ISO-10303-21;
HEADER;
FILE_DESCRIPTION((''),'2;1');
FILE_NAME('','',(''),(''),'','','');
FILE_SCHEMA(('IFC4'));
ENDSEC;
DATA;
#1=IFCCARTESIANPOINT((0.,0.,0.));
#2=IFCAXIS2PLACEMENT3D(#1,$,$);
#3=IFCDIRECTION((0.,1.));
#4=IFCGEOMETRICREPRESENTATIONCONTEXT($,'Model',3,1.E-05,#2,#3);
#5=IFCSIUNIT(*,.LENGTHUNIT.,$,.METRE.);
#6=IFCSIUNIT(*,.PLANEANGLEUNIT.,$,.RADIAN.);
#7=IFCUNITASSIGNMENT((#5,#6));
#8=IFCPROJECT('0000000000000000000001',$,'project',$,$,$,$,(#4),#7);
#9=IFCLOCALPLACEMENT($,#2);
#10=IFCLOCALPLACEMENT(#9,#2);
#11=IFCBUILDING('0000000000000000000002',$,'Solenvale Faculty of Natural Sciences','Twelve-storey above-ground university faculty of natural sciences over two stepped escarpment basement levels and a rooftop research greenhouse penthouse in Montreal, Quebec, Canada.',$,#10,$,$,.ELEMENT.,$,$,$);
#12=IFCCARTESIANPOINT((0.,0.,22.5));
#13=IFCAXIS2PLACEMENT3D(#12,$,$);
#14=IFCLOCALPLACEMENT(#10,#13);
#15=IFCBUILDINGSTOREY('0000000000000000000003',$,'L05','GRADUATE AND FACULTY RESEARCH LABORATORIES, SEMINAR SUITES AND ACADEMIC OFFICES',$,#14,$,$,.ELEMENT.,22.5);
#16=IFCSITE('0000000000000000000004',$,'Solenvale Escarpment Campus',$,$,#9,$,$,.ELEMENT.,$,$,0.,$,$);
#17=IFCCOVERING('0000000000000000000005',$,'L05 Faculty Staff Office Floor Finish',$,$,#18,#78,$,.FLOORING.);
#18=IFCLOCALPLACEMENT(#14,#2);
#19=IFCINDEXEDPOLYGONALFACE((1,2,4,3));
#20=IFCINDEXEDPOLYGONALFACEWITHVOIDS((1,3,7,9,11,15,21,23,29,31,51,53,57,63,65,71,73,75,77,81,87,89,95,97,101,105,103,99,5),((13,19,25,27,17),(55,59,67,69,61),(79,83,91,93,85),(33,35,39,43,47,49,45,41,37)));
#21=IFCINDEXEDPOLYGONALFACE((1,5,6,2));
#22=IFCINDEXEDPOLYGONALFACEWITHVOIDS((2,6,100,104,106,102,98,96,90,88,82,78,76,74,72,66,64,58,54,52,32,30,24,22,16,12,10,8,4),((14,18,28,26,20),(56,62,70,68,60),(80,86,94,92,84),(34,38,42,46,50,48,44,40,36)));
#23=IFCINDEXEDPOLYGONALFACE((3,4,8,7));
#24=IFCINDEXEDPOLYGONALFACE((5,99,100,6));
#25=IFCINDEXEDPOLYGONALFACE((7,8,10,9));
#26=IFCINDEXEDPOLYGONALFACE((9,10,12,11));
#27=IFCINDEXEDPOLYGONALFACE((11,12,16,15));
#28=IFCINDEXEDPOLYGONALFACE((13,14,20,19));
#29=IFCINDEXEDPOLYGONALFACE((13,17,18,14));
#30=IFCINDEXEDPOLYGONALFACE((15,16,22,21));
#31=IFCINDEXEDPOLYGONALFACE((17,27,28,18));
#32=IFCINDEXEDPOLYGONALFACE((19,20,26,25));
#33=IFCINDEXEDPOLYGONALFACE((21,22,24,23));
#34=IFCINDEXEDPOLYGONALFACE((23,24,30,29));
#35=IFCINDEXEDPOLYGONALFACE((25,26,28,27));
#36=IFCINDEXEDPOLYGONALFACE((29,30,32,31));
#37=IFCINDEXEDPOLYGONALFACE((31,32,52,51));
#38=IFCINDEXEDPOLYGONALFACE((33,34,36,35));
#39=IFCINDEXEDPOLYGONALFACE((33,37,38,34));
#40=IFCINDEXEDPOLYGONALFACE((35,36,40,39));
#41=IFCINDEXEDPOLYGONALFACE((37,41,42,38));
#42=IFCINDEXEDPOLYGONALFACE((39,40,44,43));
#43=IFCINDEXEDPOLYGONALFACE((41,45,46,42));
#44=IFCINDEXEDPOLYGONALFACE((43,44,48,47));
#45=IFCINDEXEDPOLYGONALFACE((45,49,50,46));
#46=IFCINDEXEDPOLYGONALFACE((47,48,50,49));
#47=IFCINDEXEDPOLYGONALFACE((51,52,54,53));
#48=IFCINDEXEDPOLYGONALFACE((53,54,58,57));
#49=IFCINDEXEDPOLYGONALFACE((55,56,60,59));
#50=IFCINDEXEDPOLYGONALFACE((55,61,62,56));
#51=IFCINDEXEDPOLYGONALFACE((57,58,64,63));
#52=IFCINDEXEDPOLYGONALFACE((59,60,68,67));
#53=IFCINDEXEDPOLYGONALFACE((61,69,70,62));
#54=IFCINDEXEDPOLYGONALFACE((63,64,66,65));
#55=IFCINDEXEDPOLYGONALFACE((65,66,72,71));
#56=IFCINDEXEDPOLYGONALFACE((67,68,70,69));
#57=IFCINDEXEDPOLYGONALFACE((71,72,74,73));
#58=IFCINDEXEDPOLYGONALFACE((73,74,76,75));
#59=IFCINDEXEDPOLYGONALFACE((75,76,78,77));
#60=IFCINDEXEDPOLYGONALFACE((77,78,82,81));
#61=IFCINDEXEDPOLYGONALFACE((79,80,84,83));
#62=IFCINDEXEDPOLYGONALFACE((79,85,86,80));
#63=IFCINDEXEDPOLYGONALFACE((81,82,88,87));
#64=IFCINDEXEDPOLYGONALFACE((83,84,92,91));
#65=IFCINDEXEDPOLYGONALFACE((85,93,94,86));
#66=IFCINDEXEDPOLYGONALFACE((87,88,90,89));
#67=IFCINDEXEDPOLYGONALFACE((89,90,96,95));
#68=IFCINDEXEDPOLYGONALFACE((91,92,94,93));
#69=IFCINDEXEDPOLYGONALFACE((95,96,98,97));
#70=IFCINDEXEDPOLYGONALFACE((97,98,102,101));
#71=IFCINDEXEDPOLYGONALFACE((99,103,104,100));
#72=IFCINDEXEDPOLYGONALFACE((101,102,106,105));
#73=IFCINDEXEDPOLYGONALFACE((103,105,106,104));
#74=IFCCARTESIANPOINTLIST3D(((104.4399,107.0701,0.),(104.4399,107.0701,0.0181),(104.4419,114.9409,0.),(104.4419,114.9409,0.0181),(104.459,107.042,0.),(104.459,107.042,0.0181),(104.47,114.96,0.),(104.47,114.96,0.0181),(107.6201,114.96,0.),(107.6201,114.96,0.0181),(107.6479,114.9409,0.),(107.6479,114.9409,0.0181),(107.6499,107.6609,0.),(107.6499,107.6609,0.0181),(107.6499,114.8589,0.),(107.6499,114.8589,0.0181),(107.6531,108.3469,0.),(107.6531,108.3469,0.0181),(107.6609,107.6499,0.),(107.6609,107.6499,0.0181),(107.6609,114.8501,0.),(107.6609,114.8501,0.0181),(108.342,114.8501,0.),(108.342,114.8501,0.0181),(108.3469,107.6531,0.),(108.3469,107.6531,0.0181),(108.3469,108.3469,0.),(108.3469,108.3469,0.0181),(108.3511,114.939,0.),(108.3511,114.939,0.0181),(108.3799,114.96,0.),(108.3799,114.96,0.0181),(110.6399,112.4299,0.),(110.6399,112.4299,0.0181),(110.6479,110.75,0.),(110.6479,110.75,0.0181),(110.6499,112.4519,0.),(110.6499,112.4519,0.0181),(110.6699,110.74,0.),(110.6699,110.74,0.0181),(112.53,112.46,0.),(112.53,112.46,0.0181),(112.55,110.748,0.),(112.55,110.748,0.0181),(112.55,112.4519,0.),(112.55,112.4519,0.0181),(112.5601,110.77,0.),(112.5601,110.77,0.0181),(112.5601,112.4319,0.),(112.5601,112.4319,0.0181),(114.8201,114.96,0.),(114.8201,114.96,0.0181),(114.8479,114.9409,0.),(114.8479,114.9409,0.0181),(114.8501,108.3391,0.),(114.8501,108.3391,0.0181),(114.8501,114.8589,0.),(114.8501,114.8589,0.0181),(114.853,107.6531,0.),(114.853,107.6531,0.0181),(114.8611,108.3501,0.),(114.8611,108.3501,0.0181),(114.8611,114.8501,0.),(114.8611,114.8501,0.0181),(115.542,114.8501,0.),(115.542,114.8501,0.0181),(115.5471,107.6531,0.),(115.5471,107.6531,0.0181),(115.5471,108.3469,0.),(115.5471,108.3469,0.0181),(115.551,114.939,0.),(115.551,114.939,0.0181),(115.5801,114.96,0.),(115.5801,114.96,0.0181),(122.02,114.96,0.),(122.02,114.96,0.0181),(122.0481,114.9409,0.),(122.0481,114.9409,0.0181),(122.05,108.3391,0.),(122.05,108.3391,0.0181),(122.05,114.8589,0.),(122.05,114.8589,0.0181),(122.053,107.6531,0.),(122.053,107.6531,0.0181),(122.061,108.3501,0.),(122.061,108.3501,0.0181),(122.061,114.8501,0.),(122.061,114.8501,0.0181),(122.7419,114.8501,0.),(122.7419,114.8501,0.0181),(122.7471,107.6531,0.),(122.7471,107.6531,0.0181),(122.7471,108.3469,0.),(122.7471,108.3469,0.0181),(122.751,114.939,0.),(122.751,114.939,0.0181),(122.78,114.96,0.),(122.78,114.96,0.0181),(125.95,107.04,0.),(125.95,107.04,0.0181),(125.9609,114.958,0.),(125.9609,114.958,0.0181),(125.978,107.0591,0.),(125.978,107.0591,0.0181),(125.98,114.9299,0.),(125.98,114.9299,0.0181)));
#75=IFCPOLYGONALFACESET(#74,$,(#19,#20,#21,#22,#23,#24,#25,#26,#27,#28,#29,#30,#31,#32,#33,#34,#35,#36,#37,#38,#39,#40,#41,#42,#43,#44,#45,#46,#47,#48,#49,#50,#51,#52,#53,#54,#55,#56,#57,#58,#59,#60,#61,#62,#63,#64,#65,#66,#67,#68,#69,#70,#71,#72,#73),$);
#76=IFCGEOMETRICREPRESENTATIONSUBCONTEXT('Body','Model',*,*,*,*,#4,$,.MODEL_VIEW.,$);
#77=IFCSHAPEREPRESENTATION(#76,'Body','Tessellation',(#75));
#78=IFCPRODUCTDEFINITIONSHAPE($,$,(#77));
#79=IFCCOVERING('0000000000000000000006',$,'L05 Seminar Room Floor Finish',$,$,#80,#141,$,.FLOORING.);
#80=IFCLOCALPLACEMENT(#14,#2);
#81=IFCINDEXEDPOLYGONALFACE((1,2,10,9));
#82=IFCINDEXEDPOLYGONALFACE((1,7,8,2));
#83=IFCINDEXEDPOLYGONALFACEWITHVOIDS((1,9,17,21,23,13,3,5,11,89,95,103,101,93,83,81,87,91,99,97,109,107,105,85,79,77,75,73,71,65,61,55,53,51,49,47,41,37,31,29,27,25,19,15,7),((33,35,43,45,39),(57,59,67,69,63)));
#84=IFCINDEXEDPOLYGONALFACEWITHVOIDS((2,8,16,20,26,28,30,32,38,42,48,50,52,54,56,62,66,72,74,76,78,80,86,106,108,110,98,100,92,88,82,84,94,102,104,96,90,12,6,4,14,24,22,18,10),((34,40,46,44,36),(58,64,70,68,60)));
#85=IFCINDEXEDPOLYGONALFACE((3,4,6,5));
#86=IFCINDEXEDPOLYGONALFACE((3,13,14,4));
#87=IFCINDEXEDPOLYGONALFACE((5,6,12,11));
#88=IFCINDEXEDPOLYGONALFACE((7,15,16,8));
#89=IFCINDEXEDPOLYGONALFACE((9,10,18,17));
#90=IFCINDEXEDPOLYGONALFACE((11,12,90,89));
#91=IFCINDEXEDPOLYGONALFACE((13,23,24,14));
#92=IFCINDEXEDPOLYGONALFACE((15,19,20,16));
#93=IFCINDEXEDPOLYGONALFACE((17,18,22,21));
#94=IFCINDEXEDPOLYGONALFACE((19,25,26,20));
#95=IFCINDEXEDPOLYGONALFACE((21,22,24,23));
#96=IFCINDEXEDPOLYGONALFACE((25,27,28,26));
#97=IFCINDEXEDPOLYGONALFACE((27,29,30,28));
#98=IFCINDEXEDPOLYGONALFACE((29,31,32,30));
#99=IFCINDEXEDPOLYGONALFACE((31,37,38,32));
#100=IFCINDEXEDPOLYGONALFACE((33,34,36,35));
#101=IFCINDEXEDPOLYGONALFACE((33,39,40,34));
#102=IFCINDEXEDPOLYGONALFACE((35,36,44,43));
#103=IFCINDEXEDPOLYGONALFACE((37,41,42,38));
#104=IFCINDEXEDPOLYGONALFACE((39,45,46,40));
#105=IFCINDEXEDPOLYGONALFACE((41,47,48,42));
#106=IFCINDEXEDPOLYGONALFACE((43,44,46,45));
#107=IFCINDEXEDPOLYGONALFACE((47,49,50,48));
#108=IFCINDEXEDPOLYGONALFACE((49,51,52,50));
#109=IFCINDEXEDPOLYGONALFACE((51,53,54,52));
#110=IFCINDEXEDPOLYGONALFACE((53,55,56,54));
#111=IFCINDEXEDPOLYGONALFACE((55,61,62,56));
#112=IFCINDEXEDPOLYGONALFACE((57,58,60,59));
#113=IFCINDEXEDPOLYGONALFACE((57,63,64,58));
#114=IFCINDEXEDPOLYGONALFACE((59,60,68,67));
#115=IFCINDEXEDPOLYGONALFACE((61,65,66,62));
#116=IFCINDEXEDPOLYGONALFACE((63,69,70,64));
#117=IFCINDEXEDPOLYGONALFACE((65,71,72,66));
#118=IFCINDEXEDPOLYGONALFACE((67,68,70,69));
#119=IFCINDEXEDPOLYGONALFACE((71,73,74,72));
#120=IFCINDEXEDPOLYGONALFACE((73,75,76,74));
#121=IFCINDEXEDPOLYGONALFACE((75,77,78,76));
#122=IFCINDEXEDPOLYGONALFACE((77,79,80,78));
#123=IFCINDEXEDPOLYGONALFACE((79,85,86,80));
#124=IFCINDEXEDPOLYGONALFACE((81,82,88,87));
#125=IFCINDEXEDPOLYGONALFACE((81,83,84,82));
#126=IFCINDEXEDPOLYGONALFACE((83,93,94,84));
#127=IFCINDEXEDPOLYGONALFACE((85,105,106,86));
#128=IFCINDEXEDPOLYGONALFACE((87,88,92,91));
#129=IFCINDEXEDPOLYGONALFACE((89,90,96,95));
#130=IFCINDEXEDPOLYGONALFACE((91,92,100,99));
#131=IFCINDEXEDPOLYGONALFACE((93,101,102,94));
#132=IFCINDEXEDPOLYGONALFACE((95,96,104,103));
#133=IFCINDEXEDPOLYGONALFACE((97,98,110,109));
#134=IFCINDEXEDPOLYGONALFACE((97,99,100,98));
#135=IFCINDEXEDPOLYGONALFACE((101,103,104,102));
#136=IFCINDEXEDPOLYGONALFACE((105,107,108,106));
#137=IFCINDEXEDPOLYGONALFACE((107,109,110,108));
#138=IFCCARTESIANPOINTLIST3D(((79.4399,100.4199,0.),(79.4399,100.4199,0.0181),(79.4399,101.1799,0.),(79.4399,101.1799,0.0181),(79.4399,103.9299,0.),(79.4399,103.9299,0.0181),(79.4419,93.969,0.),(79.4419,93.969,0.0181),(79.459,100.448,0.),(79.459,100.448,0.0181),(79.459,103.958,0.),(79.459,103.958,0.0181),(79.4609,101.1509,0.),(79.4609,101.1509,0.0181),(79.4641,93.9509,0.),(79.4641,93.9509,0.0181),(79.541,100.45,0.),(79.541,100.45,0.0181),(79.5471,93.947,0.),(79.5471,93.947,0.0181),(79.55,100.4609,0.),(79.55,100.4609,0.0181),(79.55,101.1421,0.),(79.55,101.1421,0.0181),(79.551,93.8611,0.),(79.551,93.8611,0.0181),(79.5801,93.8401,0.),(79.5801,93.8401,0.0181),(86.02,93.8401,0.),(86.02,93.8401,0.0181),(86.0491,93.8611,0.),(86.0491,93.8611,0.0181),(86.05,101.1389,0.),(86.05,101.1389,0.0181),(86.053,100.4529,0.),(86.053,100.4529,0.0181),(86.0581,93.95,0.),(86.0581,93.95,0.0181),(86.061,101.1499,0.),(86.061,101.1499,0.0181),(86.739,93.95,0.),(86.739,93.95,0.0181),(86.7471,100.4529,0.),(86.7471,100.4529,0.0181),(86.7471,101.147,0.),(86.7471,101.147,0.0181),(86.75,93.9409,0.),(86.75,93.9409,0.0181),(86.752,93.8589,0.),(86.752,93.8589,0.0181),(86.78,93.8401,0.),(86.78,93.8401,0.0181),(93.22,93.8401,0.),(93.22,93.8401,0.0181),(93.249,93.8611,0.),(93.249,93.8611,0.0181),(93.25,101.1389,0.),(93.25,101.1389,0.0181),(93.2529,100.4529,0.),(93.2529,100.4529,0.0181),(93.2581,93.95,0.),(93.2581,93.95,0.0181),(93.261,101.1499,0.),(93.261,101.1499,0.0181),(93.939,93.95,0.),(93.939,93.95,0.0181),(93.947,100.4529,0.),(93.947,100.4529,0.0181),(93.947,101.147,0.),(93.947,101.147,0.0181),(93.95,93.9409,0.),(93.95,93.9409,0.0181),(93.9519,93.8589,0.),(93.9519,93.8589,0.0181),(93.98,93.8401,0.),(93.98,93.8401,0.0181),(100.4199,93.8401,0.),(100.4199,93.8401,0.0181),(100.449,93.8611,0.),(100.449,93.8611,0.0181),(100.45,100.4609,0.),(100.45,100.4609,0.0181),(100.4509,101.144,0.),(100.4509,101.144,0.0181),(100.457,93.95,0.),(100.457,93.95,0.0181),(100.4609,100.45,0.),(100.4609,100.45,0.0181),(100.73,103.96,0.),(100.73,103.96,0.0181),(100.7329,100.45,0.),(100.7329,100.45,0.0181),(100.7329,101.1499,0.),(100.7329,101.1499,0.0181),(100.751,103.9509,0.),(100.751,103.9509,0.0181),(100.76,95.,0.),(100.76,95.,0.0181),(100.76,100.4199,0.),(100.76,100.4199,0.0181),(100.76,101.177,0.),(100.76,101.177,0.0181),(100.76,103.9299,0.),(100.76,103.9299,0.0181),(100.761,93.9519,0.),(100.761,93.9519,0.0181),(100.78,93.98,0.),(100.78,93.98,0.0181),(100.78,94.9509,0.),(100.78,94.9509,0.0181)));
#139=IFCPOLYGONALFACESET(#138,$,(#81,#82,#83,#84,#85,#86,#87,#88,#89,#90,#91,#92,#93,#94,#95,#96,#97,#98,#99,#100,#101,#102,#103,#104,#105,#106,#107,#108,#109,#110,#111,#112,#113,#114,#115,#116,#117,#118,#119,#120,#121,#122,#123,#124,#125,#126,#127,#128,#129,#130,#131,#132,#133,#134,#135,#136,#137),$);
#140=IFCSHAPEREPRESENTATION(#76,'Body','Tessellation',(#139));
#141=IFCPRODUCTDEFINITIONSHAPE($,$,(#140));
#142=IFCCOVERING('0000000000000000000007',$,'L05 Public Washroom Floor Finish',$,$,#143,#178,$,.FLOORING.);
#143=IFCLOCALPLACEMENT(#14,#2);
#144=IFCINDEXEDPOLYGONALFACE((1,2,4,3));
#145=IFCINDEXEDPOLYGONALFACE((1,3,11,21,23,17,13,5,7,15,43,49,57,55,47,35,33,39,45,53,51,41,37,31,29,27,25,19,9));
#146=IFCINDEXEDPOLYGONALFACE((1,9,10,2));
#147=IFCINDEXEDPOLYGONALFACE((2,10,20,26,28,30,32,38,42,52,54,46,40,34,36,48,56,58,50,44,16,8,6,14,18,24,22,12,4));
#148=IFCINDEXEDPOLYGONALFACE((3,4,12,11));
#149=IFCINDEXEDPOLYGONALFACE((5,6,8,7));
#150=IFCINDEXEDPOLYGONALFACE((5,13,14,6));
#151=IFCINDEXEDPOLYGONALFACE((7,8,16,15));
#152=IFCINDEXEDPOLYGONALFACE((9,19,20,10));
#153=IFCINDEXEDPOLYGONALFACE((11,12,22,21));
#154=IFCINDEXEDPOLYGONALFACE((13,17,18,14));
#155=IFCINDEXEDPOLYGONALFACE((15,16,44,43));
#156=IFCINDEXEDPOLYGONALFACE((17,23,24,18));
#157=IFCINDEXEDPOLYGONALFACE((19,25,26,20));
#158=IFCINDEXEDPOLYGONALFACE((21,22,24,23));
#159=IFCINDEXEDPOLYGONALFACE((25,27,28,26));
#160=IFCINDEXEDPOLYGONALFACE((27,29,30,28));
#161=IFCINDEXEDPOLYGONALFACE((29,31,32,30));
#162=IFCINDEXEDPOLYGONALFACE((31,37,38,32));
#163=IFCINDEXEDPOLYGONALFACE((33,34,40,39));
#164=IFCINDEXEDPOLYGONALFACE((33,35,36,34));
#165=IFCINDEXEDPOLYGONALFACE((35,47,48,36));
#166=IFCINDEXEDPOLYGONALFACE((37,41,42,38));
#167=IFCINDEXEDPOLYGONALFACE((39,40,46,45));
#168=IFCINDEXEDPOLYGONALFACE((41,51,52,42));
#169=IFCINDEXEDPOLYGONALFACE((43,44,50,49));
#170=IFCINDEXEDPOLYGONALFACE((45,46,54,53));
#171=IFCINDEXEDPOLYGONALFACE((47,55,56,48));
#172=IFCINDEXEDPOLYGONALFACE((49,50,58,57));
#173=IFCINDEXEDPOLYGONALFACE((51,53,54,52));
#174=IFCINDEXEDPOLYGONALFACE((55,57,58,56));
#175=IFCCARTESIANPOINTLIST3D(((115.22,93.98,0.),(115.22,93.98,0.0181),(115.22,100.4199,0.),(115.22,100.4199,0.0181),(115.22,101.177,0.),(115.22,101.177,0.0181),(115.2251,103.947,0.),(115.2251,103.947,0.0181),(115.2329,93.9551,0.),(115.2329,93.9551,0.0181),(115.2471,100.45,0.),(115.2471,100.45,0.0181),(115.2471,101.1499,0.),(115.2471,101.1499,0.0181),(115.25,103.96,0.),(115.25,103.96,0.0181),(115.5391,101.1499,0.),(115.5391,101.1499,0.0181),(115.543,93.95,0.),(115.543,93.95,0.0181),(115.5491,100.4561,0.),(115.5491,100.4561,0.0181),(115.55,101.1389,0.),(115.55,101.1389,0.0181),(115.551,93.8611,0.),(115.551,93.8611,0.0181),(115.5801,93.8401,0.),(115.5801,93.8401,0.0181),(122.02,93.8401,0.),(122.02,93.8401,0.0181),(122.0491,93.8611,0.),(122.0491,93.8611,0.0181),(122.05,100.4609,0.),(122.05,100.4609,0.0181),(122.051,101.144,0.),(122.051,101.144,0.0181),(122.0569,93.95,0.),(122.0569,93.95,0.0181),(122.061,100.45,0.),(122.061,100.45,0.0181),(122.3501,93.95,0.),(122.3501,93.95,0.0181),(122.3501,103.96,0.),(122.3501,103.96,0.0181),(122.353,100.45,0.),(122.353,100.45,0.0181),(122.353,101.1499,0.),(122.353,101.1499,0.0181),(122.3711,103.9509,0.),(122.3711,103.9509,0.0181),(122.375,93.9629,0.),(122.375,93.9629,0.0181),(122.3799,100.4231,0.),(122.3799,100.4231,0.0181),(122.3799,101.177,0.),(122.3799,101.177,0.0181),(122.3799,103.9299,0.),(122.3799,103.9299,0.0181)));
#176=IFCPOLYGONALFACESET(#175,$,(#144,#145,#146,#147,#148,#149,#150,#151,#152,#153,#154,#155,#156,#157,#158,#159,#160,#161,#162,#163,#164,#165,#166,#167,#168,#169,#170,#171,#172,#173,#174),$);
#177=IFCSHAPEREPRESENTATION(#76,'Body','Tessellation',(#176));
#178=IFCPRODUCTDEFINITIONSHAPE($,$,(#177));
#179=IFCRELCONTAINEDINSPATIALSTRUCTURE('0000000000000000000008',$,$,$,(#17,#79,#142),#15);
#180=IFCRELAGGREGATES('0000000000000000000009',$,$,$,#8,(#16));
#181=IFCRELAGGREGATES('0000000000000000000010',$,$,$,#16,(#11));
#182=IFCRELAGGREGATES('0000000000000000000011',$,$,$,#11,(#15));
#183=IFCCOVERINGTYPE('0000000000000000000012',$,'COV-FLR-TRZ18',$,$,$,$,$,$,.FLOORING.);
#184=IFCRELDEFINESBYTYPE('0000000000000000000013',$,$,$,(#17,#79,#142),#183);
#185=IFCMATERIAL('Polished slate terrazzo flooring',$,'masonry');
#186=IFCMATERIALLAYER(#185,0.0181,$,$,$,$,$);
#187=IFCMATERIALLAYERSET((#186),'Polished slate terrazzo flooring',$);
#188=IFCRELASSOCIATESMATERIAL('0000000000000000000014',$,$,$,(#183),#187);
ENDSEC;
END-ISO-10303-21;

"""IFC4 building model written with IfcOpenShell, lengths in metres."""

from ifc_helpers import new_model, si_unit, direction, frame, origin, place, context, subcontext, project, spatial, polyline, outline, extrude, material, layer, layer_set, type_object, element, save


model = new_model("IFC4")

# Units and contexts
model_context = context("Model", 3, precision=1e-05, world=origin(), true_north=direction((0.0, 1.0)))
body_context = subcontext(model_context, "Body", "Model", "MODEL_VIEW")
ifc_project = project(units=[si_unit("LENGTHUNIT", "METRE"), si_unit("PLANEANGLEUNIT", "RADIAN")], contexts=[model_context])

# Site, building, storey
site_placement = place(None, origin())
site = spatial("IfcSite", under=ifc_project, at=site_placement, Name="Solenvale Escarpment Campus", CompositionType="ELEMENT", RefElevation=0.0)
building_placement = place(site_placement, origin())
building = spatial("IfcBuilding", under=site, at=building_placement, Name="Solenvale Faculty of Natural Sciences", Description="Twelve-storey above-ground university faculty of natural sciences over two stepped escarpment basement levels and a rooftop research greenhouse penthouse in Montreal, Quebec, Canada.", CompositionType="ELEMENT")
storey_placement = place(building_placement, frame((0.0, 0.0, 22.5)))
storey = spatial("IfcBuildingStorey", under=building, at=storey_placement, Name="L05", Description="GRADUATE AND FACULTY RESEARCH LABORATORIES, SEMINAR SUITES AND ACADEMIC OFFICES", CompositionType="ELEMENT", Elevation=22.5)

# Coverings
ifc_material_1 = material(Name="Polished slate terrazzo flooring", Category="masonry")
ifc_layer_1 = layer(ifc_material_1, 0.0181)
ifc_layer_set_1 = layer_set([ifc_layer_1], Name="Polished slate terrazzo flooring")
covering_type_1 = type_object("IfcCoveringType", Name="COV-FLR-TRZ18", PredefinedType="FLOORING", material=ifc_layer_set_1)
covering_1_placement = place(storey_placement, origin())
element("IfcCovering", 1, at=covering_1_placement, inside=storey, type_object=covering_type_1, Name="L05 Faculty Staff Office Floor Finish", PredefinedType="FLOORING", context=body_context, shape_type="SweptSolid", body=[
    extrude(outline(polyline([(107.6201, 114.96), (107.6479, 114.9409), (107.6499, 114.8589), (107.6609, 114.8501), (108.342, 114.8501), (108.3511, 114.939), (108.3799, 114.96), (114.8201, 114.96), (114.8479, 114.9409), (114.8501, 114.8589), (114.8611, 114.8501), (115.542, 114.8501), (115.551, 114.939), (115.5801, 114.96), (122.02, 114.96), (122.0481, 114.9409), (122.05, 114.8589), (122.061, 114.8501), (122.7419, 114.8501), (122.751, 114.939), (122.78, 114.96), (125.9609, 114.958), (125.98, 114.9299), (125.978, 107.0591), (125.95, 107.04), (104.459, 107.042), (104.4399, 107.0701), (104.4419, 114.9409), (104.47, 114.96), (107.6201, 114.96)]), holes=[polyline([(122.061, 108.3501), (122.05, 108.3391), (122.053, 107.6531), (122.7471, 107.6531), (122.7471, 108.3469), (122.061, 108.3501)]), polyline([(114.8611, 108.3501), (114.8501, 108.3391), (114.853, 107.6531), (115.5471, 107.6531), (115.5471, 108.3469), (114.8611, 108.3501)]), polyline([(112.5601, 112.4319), (112.55, 112.4519), (112.53, 112.46), (110.6499, 112.4519), (110.6399, 112.4299), (110.6479, 110.75), (110.6699, 110.74), (112.55, 110.748), (112.5601, 110.77), (112.5601, 112.4319)]), polyline([(107.6499, 107.6609), (107.6609, 107.6499), (108.3469, 107.6531), (108.3469, 108.3469), (107.6531, 108.3469), (107.6499, 107.6609)])]), origin(), (0.0, 0.0, 1.0), 0.0181),
])
covering_2_placement = place(storey_placement, origin())
element("IfcCovering", 2, at=covering_2_placement, inside=storey, type_object=covering_type_1, Name="L05 Seminar Room Floor Finish", PredefinedType="FLOORING", context=body_context, shape_type="SweptSolid", body=[
    extrude(outline(polyline([(100.73, 103.96), (100.751, 103.9509), (100.76, 103.9299), (100.76, 101.177), (100.7329, 101.1499), (100.4509, 101.144), (100.45, 100.4609), (100.4609, 100.45), (100.7329, 100.45), (100.76, 100.4199), (100.76, 95.0), (100.78, 94.9509), (100.78, 93.98), (100.761, 93.9519), (100.457, 93.95), (100.449, 93.8611), (100.4199, 93.8401), (93.98, 93.8401), (93.9519, 93.8589), (93.95, 93.9409), (93.939, 93.95), (93.2581, 93.95), (93.249, 93.8611), (93.22, 93.8401), (86.78, 93.8401), (86.752, 93.8589), (86.75, 93.9409), (86.739, 93.95), (86.0581, 93.95), (86.0491, 93.8611), (86.02, 93.8401), (79.5801, 93.8401), (79.551, 93.8611), (79.5471, 93.947), (79.4641, 93.9509), (79.4419, 93.969), (79.4399, 100.4199), (79.459, 100.448), (79.541, 100.45), (79.55, 100.4609), (79.55, 101.1421), (79.4609, 101.1509), (79.4399, 101.1799), (79.4399, 103.9299), (79.459, 103.958), (100.73, 103.96)]), holes=[polyline([(93.261, 101.1499), (93.25, 101.1389), (93.2529, 100.4529), (93.947, 100.4529), (93.947, 101.147), (93.261, 101.1499)]), polyline([(86.061, 101.1499), (86.05, 101.1389), (86.053, 100.4529), (86.7471, 100.4529), (86.7471, 101.147), (86.061, 101.1499)])]), origin(), (0.0, 0.0, 1.0), 0.0181),
])
covering_3_placement = place(storey_placement, origin())
element("IfcCovering", 3, at=covering_3_placement, inside=storey, type_object=covering_type_1, Name="L05 Public Washroom Floor Finish", PredefinedType="FLOORING", context=body_context, shape_type="SweptSolid", body=[
    extrude(outline(polyline([(122.3501, 103.96), (122.3711, 103.9509), (122.3799, 103.9299), (122.3799, 101.177), (122.353, 101.1499), (122.051, 101.144), (122.05, 100.4609), (122.061, 100.45), (122.353, 100.45), (122.3799, 100.4231), (122.375, 93.9629), (122.3501, 93.95), (122.0569, 93.95), (122.0491, 93.8611), (122.02, 93.8401), (115.5801, 93.8401), (115.551, 93.8611), (115.543, 93.95), (115.2329, 93.9551), (115.22, 93.98), (115.22, 100.4199), (115.2471, 100.45), (115.5491, 100.4561), (115.55, 101.1389), (115.5391, 101.1499), (115.2471, 101.1499), (115.22, 101.177), (115.2251, 103.947), (115.25, 103.96), (122.3501, 103.96)])), origin(), (0.0, 0.0, 1.0), 0.0181),
])

save(model, "model.ifc")
